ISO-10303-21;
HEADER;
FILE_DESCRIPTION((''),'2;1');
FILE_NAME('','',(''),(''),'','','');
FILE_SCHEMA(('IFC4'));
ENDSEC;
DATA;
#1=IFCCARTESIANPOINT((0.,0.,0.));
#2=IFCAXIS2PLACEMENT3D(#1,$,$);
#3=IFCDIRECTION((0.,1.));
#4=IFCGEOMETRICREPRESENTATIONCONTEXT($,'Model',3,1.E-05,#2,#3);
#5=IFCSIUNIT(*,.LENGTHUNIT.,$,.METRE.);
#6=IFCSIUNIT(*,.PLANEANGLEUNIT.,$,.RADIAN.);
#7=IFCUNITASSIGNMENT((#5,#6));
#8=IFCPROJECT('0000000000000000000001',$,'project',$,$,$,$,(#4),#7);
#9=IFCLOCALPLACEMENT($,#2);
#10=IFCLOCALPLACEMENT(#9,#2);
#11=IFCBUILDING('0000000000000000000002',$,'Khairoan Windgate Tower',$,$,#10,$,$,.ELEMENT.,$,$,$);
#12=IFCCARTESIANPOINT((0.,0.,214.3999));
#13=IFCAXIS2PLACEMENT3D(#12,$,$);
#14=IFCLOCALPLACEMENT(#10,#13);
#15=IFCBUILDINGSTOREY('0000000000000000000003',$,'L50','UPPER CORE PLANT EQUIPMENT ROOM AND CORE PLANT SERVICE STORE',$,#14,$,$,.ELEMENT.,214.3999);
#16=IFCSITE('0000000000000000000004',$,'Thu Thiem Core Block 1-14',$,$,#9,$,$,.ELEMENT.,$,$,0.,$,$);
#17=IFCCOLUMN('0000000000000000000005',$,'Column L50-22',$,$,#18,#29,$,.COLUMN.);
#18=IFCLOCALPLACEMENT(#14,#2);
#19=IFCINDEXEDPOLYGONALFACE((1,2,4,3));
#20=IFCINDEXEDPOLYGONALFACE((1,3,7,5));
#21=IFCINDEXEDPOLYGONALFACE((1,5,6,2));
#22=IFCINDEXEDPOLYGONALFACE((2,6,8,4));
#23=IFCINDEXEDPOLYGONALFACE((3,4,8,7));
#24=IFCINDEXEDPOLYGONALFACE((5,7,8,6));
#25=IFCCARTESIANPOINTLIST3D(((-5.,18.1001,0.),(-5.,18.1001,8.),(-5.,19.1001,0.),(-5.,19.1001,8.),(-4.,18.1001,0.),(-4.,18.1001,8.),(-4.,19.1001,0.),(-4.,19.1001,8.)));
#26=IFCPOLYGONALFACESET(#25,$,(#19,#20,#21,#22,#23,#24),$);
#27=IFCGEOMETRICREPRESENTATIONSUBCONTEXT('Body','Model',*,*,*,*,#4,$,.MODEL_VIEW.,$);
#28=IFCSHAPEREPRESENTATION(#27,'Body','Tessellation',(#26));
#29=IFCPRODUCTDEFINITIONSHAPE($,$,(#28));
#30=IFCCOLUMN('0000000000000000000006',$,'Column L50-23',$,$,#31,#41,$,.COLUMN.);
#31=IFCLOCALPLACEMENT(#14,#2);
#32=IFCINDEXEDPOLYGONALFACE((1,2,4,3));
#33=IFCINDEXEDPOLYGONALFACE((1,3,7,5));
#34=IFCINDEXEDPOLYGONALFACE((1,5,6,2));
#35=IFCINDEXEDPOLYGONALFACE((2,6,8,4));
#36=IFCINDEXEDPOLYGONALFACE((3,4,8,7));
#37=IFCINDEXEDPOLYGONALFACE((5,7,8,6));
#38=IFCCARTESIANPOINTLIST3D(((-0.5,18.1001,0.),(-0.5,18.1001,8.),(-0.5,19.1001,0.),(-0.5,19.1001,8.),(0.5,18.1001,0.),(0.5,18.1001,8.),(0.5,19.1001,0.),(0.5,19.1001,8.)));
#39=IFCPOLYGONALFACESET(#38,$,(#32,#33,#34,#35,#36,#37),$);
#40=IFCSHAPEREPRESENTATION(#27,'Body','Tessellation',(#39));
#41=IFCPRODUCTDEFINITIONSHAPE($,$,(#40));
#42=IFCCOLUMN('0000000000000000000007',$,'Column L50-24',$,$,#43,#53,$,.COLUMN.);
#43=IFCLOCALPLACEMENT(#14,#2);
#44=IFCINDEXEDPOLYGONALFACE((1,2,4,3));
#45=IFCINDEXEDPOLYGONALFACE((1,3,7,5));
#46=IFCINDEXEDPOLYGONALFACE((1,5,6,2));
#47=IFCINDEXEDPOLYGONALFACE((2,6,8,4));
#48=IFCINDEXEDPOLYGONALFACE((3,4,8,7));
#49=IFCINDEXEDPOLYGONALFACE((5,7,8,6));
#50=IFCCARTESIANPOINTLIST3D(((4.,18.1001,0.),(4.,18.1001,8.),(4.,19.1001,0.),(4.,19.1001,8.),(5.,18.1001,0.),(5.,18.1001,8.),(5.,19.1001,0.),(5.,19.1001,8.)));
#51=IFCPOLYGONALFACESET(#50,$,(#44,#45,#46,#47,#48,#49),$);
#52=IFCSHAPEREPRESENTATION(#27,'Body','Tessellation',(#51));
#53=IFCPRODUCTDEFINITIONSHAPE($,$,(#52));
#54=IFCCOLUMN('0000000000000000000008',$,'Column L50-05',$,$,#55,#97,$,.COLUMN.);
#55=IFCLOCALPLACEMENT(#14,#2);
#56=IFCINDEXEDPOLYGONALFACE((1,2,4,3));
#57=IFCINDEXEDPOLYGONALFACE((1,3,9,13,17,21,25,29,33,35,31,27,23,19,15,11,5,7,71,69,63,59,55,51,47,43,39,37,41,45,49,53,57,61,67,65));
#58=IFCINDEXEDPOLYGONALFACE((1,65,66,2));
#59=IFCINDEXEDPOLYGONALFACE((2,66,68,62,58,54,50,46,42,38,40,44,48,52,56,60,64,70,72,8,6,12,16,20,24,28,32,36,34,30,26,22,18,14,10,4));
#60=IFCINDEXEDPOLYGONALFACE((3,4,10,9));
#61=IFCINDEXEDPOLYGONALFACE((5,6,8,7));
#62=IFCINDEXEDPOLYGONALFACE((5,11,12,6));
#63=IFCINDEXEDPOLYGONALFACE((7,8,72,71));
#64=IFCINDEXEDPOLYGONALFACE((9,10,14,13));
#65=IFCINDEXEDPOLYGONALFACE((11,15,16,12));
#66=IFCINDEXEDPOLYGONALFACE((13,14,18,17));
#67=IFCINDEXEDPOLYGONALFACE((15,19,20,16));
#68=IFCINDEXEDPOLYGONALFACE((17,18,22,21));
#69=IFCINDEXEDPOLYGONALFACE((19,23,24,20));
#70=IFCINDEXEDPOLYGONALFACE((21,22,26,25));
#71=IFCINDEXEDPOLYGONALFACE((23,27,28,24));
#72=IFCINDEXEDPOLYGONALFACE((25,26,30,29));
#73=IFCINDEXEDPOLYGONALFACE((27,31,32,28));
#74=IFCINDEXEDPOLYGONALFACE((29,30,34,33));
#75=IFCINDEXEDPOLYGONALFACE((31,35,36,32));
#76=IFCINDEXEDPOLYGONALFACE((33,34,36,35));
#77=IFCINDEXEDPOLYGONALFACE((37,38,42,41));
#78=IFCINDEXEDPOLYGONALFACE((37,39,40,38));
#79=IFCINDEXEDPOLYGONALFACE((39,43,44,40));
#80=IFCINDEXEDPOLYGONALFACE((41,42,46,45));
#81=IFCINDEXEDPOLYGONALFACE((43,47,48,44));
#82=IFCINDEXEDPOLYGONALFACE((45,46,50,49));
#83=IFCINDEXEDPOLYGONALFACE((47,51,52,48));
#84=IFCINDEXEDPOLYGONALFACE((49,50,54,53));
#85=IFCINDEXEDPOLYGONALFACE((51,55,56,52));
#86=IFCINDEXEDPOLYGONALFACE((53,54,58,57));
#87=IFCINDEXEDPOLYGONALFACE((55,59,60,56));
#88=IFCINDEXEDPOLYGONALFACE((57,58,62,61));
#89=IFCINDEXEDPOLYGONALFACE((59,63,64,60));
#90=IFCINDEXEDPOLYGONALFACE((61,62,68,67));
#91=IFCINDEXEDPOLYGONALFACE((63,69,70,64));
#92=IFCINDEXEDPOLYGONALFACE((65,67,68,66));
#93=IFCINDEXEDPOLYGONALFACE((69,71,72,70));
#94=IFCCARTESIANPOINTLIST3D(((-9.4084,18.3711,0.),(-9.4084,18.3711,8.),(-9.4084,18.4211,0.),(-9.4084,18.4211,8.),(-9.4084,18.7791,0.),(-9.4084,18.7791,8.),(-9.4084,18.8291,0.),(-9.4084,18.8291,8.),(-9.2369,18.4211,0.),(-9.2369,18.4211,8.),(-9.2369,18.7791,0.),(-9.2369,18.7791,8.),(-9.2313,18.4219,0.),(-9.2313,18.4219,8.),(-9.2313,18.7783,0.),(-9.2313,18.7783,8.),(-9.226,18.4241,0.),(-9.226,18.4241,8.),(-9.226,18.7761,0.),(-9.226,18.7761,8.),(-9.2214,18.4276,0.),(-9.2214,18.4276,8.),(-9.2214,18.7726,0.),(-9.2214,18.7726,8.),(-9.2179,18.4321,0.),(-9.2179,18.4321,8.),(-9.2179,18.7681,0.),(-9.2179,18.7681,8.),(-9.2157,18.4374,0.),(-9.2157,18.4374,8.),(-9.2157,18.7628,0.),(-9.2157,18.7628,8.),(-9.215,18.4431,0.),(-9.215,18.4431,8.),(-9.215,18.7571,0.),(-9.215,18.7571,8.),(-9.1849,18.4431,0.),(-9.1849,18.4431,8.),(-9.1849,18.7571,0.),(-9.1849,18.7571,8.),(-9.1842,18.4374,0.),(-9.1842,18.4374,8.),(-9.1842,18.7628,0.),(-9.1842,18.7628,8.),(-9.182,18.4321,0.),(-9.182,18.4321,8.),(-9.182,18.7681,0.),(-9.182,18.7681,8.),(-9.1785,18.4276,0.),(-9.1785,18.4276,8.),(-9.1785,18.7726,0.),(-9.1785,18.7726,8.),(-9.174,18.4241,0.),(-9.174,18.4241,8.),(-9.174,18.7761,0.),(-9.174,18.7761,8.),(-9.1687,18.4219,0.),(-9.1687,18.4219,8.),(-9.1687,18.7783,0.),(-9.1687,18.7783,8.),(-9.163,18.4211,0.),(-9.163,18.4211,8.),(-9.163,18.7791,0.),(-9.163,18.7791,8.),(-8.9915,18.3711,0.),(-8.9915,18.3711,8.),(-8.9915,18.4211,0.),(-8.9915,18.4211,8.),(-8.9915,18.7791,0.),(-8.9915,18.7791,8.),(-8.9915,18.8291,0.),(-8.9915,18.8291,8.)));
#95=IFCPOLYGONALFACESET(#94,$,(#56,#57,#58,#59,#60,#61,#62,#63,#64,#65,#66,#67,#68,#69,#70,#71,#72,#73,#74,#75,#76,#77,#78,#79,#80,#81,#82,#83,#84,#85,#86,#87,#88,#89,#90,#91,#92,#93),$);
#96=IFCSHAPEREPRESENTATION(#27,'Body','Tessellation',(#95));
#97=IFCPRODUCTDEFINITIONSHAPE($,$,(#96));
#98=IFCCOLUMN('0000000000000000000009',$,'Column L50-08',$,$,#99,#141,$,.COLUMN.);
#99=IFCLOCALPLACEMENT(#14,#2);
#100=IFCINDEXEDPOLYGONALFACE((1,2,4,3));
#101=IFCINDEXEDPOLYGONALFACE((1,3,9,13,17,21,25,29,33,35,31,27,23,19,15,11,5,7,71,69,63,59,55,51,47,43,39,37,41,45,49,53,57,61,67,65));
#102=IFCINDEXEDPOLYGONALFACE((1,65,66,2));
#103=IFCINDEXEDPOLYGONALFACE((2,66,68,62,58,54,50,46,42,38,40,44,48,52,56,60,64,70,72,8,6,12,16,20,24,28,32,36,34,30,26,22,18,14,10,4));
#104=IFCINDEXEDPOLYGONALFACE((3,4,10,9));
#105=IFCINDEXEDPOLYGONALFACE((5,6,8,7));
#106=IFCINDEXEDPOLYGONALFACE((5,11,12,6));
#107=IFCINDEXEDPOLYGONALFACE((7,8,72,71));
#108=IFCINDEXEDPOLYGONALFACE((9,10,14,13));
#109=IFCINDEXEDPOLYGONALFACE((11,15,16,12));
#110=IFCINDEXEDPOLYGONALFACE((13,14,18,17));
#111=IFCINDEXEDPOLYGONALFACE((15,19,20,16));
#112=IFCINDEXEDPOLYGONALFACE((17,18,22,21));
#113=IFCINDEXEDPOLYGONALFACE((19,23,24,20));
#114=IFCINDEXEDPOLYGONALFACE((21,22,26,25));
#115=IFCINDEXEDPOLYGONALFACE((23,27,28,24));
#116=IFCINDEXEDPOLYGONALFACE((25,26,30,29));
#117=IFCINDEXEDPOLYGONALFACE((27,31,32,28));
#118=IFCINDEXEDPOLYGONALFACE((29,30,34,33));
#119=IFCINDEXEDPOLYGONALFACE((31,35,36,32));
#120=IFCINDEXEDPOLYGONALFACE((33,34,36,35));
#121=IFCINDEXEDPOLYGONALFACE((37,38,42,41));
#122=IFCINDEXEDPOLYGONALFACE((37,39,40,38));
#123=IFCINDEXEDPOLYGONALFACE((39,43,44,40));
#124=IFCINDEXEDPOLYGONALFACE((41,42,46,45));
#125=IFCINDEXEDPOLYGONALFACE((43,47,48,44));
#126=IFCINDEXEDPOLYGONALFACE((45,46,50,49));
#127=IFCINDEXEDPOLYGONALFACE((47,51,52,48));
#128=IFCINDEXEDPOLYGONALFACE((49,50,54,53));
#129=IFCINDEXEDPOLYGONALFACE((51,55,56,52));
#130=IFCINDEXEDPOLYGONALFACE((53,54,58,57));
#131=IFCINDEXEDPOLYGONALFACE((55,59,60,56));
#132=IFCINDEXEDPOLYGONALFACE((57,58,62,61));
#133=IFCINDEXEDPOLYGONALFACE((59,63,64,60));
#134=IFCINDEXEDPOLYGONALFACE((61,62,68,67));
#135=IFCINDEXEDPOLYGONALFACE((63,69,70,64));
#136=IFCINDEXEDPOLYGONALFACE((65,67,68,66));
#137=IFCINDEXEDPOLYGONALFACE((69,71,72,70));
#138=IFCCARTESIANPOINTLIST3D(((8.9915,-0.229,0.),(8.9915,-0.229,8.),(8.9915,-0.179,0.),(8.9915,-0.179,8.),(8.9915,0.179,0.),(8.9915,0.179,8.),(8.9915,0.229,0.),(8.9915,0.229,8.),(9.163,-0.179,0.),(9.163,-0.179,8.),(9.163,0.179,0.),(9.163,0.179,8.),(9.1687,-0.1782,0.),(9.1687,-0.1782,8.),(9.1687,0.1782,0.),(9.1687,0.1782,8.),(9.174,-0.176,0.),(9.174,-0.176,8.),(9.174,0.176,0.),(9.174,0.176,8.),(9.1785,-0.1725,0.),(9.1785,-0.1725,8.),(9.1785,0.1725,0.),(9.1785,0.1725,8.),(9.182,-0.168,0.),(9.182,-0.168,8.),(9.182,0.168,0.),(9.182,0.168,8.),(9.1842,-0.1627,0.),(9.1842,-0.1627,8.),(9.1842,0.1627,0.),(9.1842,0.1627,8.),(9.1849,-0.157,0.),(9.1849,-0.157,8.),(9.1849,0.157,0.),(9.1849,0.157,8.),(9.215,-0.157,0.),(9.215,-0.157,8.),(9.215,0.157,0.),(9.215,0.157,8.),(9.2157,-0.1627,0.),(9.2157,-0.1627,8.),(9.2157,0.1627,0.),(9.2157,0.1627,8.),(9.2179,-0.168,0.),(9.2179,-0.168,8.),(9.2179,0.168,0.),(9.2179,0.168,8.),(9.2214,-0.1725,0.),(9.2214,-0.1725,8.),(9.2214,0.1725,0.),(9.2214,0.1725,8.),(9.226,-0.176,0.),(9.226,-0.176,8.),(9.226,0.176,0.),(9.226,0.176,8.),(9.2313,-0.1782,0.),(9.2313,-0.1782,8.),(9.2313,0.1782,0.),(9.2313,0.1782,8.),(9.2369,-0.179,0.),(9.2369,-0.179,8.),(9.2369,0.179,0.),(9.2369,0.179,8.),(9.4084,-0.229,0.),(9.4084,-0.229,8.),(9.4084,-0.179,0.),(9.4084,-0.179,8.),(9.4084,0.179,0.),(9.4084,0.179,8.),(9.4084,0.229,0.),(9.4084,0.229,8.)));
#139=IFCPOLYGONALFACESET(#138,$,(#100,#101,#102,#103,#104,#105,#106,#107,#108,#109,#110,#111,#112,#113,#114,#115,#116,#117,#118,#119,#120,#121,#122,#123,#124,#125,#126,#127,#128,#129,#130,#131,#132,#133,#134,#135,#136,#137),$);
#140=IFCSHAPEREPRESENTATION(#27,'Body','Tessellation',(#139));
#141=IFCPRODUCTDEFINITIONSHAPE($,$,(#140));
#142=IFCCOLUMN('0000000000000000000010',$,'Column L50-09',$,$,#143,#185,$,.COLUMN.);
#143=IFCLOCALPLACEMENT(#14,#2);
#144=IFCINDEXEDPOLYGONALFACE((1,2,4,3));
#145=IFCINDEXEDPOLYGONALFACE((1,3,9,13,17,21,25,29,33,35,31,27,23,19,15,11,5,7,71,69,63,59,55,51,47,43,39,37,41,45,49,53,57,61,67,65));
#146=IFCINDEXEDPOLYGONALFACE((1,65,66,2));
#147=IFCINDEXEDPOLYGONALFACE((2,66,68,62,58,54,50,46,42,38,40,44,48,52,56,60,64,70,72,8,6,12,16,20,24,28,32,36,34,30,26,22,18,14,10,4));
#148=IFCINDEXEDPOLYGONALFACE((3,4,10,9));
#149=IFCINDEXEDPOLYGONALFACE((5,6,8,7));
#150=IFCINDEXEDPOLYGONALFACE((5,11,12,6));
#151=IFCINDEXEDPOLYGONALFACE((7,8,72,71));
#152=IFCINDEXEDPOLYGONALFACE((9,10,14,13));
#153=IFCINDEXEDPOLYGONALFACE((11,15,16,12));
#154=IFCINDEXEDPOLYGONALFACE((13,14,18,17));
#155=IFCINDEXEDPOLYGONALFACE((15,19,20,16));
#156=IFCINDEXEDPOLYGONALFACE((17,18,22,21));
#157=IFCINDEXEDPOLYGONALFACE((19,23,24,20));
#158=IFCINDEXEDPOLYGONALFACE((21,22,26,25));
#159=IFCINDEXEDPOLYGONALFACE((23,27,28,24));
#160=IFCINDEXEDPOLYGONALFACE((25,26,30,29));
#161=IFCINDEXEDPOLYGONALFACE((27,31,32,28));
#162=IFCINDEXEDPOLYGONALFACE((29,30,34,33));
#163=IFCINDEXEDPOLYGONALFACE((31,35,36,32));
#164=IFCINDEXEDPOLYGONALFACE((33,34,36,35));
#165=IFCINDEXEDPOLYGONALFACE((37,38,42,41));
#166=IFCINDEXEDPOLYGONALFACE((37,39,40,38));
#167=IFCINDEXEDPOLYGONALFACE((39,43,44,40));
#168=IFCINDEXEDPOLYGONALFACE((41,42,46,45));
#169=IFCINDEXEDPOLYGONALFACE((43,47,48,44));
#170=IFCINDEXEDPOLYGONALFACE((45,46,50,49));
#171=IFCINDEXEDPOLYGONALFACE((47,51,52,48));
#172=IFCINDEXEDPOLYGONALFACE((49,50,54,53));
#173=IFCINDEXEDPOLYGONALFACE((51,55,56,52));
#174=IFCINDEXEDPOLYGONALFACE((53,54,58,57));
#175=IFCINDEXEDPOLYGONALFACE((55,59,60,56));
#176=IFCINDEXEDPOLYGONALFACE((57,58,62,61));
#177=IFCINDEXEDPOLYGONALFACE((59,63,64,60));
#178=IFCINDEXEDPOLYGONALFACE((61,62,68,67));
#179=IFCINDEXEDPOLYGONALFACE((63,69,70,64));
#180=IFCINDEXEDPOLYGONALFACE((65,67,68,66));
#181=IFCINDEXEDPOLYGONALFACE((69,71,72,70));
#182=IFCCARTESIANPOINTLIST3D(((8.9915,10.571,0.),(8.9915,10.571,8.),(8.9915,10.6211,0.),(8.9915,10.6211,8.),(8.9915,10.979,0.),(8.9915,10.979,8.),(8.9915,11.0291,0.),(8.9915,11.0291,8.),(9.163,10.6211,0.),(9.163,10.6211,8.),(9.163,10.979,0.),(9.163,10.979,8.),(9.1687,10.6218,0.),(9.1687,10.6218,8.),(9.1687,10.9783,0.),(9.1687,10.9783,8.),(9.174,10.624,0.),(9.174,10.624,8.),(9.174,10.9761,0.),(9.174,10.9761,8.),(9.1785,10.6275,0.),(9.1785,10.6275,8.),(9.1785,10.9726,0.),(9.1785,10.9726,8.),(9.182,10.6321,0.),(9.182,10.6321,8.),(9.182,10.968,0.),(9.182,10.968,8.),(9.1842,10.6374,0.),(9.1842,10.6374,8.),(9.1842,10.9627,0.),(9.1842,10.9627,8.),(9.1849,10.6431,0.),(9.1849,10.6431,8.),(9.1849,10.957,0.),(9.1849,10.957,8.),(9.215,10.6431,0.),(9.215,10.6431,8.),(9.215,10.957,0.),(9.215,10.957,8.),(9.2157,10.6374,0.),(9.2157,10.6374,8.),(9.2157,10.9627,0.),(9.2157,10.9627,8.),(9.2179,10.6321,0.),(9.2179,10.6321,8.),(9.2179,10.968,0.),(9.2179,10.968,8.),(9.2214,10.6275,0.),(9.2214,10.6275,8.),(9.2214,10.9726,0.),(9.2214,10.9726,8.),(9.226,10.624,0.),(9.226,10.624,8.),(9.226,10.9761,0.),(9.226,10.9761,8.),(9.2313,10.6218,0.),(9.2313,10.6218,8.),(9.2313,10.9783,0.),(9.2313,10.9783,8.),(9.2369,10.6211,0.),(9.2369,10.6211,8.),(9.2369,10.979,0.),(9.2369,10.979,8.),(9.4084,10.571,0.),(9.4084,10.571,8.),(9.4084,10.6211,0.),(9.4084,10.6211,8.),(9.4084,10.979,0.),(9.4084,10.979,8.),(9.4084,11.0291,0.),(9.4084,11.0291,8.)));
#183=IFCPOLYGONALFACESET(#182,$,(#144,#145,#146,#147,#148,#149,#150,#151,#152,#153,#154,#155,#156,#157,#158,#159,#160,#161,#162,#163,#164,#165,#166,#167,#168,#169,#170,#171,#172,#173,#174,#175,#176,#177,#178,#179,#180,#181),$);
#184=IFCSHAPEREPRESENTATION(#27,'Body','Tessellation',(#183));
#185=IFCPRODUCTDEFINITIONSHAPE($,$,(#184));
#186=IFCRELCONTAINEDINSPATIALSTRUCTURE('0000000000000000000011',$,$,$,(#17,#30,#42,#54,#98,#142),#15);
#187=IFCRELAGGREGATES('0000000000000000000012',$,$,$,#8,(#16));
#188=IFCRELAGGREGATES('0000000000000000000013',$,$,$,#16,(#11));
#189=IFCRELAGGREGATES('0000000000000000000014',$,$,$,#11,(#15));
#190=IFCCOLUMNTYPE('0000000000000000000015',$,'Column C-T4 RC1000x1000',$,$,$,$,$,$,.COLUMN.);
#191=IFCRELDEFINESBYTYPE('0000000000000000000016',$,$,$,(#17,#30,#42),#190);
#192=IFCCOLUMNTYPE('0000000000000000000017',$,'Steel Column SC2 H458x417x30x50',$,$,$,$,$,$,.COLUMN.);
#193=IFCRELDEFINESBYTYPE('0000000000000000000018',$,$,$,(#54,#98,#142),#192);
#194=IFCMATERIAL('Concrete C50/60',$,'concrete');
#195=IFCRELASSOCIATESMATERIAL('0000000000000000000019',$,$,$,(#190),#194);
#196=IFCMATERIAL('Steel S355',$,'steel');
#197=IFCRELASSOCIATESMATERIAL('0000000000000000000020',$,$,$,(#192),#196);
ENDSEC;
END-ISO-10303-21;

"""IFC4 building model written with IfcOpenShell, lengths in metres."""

from ifc_helpers import new_model, si_unit, direction, frame, origin, origin_2d, place, context, subcontext, project, spatial, rectangle, i_section, extrude, material, material_profile, profile_set, type_object, element, save


model = new_model("IFC4")

# Units and contexts
model_context = context("Model", 3, precision=1e-05, world=origin(), true_north=direction((0.0, 1.0)))
body_context = subcontext(model_context, "Body", "Model", "MODEL_VIEW")
ifc_project = project(units=[si_unit("LENGTHUNIT", "METRE"), si_unit("PLANEANGLEUNIT", "RADIAN")], contexts=[model_context])

# Site, building, storey
site_placement = place(None, origin())
site = spatial("IfcSite", under=ifc_project, at=site_placement, Name="Thu Thiem Core Block 1-14", CompositionType="ELEMENT", RefElevation=0.0)
building_placement = place(site_placement, origin())
building = spatial("IfcBuilding", under=site, at=building_placement, Name="Khairoan Windgate Tower", CompositionType="ELEMENT")
storey_placement = place(building_placement, frame((0.0, 0.0, 214.3999)))
storey = spatial("IfcBuildingStorey", under=building, at=storey_placement, Name="L50", Description="UPPER CORE PLANT EQUIPMENT ROOM AND CORE PLANT SERVICE STORE", CompositionType="ELEMENT", Elevation=214.3999)

# Columns
ifc_material_1 = material(Name="Concrete C50/60", Category="concrete")
ifc_material_profile_1 = material_profile(ifc_material_1, rectangle(XDim=1.0, YDim=1.0, at=origin_2d()))
ifc_profile_set_1 = profile_set([ifc_material_profile_1], Name="Concrete C50/60")
column_type_1 = type_object("IfcColumnType", Name="Column C-T4 RC1000x1000", PredefinedType="COLUMN", material=ifc_profile_set_1)
for number, where, z_axis, x_axis, name in (
    (1, (-4.5, 18.6001, 0.0), (0.0, 0.0, 1.0), (1.0, 0.0, 0.0), "Column L50-22"),
    (2, (0.0, 18.6001, 0.0), (0.0, 0.0, 1.0), (1.0, 0.0, 0.0), "Column L50-23"),
    (3, (4.5, 18.6001, 0.0), (0.0, 0.0, 1.0), (1.0, 0.0, 0.0), "Column L50-24"),
):
    element("IfcColumn", number, at=place(storey_placement, frame(where, z_axis=z_axis, x_axis=x_axis)), inside=storey, type_object=column_type_1, Name=name, PredefinedType="COLUMN", context=body_context, shape_type="SweptSolid", body=[
        extrude(rectangle(XDim=1.0, YDim=1.0, at=origin_2d()), origin(), (0.0, 0.0, 1.0), 8.0),
    ])
ifc_material_2 = material(Name="Steel S355", Category="steel")
ifc_material_profile_2 = material_profile(ifc_material_2, i_section(OverallWidth=0.417, OverallDepth=0.458, WebThickness=0.03, FlangeThickness=0.05, FilletRadius=0.022, at=origin_2d()))
ifc_profile_set_2 = profile_set([ifc_material_profile_2], Name="Steel S355")
column_type_2 = type_object("IfcColumnType", Name="Steel Column SC2 H458x417x30x50", PredefinedType="COLUMN", material=ifc_profile_set_2)
for number, where, z_axis, x_axis, name in (
    (4, (-9.2, 18.6001, 0.0), (0.0, 0.0, 1.0), (1.0, 0.0, 0.0), "Column L50-05"),
    (5, (9.2, 0.0, 0.0), (0.0, 0.0, 1.0), (1.0, 0.0, 0.0), "Column L50-08"),
    (6, (9.2, 10.8, 0.0), (0.0, 0.0, 1.0), (1.0, 0.0, 0.0), "Column L50-09"),
):
    element("IfcColumn", number, at=place(storey_placement, frame(where, z_axis=z_axis, x_axis=x_axis)), inside=storey, type_object=column_type_2, Name=name, PredefinedType="COLUMN", context=body_context, shape_type="SweptSolid", body=[
        extrude(i_section(OverallWidth=0.417, OverallDepth=0.458, WebThickness=0.03, FlangeThickness=0.05, FilletRadius=0.022, at=origin_2d()), origin(), (0.0, 0.0, 1.0), 8.0),
    ])

save(model, "model.ifc")
